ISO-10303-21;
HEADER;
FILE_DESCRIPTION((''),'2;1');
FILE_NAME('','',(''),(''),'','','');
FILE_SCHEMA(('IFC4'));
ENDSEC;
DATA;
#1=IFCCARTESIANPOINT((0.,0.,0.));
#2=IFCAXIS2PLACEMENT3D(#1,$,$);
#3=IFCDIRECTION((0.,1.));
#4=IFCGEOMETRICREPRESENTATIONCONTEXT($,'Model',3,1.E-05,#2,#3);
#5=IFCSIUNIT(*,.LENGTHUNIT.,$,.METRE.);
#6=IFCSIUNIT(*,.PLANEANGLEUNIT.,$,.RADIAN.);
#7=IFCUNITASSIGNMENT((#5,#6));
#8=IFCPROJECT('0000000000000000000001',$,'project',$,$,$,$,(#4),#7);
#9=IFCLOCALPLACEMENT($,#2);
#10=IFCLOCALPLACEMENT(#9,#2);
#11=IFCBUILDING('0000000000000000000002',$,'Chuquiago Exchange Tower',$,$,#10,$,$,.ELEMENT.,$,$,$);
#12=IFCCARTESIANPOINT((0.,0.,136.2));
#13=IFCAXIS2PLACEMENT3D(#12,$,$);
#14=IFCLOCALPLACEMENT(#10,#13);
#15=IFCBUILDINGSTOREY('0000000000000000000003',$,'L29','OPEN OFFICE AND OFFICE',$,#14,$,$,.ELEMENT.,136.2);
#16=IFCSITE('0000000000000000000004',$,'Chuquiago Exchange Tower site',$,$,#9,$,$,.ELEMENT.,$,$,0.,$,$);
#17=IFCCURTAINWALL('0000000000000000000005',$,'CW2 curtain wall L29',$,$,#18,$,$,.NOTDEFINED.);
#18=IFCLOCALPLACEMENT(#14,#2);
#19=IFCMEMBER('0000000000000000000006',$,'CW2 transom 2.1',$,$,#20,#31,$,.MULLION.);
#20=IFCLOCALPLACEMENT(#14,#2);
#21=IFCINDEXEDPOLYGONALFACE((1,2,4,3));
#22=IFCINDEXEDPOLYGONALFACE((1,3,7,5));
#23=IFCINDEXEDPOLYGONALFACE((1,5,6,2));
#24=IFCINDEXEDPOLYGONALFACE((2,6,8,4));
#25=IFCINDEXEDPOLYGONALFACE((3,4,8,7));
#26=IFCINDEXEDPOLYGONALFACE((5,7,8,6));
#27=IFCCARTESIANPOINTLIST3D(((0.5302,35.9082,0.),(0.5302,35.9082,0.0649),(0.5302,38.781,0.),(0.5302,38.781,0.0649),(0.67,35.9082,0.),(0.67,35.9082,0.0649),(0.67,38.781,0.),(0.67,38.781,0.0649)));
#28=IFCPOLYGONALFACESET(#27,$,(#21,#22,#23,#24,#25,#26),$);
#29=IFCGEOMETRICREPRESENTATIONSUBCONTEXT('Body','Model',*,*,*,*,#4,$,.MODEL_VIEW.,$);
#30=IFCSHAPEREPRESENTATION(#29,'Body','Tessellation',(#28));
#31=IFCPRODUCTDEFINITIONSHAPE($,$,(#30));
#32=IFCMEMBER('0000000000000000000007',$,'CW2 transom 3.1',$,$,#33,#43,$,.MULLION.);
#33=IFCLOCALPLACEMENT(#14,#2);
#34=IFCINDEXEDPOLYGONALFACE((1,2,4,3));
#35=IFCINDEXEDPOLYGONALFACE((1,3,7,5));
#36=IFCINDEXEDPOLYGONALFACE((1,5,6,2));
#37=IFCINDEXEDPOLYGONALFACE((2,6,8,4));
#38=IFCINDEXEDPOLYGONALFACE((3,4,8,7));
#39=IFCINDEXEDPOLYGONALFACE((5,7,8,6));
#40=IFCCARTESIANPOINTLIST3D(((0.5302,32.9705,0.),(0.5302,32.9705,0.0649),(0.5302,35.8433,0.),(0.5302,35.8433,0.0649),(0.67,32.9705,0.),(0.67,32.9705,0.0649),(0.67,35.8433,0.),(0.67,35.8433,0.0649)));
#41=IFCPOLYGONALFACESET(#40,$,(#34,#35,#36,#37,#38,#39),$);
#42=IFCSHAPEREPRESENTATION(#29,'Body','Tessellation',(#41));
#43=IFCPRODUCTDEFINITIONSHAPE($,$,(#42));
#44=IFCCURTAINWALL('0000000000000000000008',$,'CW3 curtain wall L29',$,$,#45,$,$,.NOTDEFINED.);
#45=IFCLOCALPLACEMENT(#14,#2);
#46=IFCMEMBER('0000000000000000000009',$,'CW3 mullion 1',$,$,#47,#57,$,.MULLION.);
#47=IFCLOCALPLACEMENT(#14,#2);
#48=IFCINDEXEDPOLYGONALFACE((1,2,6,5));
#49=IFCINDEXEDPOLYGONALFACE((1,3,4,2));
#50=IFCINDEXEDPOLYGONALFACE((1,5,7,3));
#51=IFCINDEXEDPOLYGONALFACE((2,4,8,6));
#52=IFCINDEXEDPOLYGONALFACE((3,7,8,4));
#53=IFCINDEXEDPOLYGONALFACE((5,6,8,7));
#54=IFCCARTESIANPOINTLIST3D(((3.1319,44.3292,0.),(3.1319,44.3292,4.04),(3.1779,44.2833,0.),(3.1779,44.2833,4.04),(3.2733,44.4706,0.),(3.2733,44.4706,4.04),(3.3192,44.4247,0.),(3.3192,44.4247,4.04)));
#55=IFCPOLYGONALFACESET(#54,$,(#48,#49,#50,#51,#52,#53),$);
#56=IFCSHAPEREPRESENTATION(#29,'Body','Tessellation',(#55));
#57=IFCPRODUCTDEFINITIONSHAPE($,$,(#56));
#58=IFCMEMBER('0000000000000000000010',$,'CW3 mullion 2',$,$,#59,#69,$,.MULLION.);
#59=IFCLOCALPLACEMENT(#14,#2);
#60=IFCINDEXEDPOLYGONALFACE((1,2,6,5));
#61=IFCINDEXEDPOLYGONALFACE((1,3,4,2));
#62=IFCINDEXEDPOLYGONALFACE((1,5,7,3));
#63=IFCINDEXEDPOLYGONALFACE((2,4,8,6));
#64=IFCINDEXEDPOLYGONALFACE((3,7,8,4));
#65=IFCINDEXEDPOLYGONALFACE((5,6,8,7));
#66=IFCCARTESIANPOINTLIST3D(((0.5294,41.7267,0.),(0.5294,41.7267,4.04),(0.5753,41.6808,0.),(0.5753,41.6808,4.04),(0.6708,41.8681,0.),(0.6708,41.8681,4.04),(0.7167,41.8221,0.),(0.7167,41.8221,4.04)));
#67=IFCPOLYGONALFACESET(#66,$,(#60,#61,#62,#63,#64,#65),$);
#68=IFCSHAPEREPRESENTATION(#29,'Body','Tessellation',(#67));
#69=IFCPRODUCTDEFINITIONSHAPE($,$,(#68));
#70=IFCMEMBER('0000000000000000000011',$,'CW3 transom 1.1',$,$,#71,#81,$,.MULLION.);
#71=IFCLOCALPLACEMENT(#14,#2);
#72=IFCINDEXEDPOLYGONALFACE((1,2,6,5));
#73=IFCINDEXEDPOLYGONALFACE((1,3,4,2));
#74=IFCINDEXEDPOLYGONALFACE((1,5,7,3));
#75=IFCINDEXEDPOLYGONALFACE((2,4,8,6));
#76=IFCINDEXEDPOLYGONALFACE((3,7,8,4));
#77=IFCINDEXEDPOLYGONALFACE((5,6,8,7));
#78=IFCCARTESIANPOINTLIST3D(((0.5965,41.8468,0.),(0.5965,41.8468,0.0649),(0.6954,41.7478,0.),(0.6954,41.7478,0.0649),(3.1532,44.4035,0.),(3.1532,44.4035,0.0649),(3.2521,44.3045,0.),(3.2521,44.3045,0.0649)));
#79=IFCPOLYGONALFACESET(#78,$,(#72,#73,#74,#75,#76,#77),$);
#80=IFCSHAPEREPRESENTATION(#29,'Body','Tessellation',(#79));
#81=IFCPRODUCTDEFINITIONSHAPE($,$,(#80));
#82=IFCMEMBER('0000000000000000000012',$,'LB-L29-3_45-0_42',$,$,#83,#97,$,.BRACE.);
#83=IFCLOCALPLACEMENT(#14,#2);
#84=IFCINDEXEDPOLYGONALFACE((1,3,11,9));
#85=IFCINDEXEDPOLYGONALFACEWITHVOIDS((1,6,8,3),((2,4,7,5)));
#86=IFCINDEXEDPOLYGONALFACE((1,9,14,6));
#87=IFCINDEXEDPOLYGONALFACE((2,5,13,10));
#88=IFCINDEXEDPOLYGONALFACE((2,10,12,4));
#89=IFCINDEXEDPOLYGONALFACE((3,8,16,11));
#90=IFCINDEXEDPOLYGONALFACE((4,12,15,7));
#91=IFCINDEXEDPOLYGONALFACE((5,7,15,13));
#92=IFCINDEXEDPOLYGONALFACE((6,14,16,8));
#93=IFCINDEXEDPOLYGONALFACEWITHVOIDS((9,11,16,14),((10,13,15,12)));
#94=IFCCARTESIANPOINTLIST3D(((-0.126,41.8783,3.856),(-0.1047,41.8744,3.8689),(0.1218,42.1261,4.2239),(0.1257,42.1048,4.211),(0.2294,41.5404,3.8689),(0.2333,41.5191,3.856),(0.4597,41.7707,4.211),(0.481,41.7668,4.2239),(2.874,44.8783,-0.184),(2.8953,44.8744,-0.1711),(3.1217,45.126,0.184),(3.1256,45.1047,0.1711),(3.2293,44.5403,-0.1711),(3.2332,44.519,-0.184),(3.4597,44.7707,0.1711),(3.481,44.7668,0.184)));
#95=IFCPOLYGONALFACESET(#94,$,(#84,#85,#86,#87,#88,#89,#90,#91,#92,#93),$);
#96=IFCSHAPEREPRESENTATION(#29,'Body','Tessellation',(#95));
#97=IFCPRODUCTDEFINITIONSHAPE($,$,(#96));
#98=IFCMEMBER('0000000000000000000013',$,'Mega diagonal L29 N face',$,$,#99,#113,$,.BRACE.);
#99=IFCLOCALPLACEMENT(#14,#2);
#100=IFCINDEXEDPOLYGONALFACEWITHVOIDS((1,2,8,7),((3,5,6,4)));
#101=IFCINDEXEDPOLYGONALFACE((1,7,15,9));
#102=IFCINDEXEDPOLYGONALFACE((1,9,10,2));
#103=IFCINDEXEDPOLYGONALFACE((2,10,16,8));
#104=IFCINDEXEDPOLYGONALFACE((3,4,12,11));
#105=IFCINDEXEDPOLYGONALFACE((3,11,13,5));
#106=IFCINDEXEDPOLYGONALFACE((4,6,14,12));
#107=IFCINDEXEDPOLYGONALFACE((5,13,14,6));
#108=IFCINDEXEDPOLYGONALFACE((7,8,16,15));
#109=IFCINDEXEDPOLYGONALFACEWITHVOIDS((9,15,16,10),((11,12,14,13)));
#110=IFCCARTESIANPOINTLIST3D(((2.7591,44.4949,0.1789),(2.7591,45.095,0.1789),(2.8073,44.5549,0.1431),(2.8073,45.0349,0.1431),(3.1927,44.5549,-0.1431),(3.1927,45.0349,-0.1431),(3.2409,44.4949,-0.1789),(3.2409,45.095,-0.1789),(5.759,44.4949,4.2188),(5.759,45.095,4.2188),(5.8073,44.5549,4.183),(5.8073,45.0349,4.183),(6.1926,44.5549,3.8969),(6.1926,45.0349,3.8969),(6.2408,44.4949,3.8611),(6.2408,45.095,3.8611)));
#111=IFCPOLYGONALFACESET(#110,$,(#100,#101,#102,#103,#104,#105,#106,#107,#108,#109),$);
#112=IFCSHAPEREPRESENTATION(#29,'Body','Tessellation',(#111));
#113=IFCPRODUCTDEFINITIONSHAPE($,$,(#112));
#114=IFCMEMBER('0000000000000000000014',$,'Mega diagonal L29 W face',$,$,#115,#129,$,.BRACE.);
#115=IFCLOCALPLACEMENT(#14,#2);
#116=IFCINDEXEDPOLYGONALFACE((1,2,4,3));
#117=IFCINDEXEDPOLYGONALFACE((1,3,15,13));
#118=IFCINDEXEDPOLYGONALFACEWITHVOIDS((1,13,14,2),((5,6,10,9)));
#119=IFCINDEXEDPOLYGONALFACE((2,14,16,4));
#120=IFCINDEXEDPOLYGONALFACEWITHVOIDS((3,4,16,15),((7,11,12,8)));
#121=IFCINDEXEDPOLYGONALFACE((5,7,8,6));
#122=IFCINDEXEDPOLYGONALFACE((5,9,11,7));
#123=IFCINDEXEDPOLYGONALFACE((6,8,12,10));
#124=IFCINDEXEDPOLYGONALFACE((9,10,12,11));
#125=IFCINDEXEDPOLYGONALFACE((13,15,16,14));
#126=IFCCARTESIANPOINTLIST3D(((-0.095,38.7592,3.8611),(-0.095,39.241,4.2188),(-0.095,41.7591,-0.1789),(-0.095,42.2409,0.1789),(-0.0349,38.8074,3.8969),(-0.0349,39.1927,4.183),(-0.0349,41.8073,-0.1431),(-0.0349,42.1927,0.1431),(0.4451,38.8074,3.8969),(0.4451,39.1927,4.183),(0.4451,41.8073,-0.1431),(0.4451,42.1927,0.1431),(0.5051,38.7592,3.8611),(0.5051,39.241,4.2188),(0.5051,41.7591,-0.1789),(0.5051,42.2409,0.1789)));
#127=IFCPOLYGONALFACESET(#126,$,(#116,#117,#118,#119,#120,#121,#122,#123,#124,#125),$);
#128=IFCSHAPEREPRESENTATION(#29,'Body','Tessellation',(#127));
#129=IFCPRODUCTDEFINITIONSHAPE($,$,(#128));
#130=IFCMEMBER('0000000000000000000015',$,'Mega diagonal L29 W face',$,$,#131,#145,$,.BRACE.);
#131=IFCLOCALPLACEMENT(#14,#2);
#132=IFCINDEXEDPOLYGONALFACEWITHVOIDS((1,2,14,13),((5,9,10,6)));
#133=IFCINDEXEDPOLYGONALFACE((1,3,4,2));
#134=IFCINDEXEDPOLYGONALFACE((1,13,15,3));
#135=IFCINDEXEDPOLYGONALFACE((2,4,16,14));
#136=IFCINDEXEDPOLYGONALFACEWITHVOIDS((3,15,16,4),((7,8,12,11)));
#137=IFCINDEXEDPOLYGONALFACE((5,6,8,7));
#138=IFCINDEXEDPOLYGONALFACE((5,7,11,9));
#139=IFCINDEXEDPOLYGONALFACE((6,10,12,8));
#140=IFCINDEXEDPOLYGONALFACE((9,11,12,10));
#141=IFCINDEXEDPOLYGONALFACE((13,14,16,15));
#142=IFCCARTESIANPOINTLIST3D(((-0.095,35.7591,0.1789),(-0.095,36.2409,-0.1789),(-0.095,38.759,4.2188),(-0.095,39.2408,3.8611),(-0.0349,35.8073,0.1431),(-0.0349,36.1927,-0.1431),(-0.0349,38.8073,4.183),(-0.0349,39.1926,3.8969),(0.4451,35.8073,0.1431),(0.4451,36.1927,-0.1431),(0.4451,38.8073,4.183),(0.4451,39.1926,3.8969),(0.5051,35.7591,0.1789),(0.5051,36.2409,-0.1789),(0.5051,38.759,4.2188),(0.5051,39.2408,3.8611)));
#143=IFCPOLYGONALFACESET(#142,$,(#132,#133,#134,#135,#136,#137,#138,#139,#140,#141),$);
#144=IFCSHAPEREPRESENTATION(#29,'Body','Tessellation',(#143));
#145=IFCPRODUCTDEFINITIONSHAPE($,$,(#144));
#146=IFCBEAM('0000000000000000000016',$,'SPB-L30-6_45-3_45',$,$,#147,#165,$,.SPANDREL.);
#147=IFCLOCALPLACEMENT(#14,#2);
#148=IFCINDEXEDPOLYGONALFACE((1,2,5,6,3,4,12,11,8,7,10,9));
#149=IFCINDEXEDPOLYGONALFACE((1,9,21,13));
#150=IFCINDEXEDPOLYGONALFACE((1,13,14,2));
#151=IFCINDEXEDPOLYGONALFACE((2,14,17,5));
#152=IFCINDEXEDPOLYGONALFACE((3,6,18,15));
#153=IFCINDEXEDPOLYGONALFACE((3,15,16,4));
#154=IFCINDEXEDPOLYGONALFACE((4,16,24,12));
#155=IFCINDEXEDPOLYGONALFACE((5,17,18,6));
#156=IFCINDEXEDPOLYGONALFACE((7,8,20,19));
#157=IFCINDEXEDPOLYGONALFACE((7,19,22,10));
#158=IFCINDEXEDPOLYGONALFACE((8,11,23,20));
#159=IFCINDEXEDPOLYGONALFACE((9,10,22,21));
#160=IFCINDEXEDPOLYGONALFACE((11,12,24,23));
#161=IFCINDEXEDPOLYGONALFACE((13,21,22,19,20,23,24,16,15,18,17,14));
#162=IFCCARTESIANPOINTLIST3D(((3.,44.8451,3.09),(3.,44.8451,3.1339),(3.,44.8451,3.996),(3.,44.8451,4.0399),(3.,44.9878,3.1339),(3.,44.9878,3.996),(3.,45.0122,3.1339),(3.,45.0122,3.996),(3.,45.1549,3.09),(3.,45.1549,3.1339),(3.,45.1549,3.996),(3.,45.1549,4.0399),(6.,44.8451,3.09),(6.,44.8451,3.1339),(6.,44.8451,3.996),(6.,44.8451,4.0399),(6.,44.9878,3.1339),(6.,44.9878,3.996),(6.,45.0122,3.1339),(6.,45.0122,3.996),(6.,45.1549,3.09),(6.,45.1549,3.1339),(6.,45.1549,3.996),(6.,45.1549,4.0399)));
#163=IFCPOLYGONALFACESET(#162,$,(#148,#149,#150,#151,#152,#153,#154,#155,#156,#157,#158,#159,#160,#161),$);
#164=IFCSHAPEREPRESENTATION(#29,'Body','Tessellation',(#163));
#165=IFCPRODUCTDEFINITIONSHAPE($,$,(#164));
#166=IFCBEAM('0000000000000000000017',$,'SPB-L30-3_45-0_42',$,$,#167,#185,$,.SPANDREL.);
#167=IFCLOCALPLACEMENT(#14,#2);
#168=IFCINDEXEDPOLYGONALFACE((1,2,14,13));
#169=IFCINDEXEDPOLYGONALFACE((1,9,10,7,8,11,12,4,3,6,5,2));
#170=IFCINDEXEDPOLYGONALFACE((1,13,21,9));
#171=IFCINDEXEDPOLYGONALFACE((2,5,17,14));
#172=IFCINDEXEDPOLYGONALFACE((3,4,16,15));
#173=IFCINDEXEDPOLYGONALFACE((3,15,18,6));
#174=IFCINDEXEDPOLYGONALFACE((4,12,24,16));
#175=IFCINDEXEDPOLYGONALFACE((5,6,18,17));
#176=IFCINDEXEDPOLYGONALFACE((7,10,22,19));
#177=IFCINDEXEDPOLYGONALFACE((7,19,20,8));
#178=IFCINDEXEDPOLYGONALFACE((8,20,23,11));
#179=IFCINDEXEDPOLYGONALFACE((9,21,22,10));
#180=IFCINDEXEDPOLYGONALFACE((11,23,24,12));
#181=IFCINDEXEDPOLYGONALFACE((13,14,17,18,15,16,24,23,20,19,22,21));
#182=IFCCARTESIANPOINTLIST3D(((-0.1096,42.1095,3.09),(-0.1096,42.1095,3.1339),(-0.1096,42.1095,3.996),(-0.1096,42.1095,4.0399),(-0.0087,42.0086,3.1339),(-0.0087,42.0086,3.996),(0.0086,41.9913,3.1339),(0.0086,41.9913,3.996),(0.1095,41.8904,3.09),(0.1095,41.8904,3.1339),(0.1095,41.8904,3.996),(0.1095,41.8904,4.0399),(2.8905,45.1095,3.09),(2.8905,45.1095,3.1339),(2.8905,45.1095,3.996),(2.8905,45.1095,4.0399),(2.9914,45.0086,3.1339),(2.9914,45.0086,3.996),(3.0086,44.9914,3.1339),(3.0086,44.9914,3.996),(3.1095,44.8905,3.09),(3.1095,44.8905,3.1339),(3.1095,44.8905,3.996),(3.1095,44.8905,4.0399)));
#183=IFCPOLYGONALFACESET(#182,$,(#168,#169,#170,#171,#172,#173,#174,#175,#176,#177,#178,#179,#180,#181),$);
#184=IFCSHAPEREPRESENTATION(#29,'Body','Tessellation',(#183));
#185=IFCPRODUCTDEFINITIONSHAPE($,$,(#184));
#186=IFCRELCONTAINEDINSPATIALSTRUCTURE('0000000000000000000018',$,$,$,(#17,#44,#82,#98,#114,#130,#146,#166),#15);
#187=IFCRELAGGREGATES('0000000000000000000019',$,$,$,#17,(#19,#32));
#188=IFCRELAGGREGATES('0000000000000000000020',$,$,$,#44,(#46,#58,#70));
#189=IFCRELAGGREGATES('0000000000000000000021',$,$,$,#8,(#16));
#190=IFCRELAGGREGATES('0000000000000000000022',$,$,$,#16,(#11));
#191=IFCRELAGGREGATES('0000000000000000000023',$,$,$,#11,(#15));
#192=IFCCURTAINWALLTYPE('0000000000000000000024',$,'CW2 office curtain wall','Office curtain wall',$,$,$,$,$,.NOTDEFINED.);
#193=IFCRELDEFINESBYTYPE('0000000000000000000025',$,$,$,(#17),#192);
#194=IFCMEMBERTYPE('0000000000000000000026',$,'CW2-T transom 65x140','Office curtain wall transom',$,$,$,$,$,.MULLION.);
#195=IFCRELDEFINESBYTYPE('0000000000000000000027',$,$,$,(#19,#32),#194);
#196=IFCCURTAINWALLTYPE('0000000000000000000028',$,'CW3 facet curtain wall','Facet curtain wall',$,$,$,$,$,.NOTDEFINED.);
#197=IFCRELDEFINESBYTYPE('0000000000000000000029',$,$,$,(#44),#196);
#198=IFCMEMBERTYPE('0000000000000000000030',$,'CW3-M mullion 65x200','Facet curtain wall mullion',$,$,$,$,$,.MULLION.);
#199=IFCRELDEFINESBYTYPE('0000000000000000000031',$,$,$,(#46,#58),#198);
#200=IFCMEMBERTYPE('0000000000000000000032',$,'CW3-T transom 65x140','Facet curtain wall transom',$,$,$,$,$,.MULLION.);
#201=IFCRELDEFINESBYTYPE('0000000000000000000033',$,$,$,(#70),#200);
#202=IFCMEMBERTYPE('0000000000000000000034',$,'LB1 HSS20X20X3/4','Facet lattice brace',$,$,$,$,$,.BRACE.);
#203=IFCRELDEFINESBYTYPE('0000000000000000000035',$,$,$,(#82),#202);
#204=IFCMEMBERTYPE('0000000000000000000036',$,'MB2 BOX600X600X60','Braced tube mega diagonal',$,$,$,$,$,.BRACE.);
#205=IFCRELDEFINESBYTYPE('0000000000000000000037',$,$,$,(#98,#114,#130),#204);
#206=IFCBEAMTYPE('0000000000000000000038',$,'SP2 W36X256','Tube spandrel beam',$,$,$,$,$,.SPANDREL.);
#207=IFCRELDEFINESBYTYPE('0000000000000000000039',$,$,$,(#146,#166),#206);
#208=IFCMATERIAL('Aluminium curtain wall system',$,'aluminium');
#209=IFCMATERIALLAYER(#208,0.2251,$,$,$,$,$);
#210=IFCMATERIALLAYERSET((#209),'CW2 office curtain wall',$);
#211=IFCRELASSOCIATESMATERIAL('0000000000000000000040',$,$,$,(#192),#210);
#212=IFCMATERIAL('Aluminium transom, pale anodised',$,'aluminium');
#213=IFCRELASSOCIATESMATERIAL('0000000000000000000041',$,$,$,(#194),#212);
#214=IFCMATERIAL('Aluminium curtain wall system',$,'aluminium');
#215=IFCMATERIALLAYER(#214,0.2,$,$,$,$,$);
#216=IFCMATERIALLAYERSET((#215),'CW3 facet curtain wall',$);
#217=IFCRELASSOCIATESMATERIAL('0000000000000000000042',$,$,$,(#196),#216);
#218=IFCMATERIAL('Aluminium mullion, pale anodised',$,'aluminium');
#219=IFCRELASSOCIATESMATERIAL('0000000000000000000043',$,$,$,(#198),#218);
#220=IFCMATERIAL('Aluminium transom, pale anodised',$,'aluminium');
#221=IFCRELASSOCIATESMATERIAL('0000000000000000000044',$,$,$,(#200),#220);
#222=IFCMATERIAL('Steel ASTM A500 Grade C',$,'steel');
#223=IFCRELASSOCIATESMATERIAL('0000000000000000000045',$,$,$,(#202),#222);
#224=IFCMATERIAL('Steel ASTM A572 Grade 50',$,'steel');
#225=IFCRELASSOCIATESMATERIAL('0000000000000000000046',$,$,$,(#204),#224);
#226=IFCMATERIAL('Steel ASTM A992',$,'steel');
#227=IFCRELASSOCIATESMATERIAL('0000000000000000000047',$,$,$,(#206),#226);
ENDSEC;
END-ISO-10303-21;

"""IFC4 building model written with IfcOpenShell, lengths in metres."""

from ifc_helpers import new_model, si_unit, direction, frame, origin, origin_2d, place, context, subcontext, project, spatial, rectangle, hollow_rectangle, i_section, extrude, material, layer, layer_set, material_profile, profile_set, type_object, element, aggregate, save


model = new_model("IFC4")

# Units and contexts
model_context = context("Model", 3, precision=1e-05, world=origin(), true_north=direction((0.0, 1.0)))
body_context = subcontext(model_context, "Body", "Model", "MODEL_VIEW")
ifc_project = project(units=[si_unit("LENGTHUNIT", "METRE"), si_unit("PLANEANGLEUNIT", "RADIAN")], contexts=[model_context])

# Site, building, storey
site_placement = place(None, origin())
site = spatial("IfcSite", under=ifc_project, at=site_placement, Name="Chuquiago Exchange Tower site", CompositionType="ELEMENT", RefElevation=0.0)
building_placement = place(site_placement, origin())
building = spatial("IfcBuilding", under=site, at=building_placement, Name="Chuquiago Exchange Tower", CompositionType="ELEMENT")
storey_placement = place(building_placement, frame((0.0, 0.0, 136.2)))
storey = spatial("IfcBuildingStorey", under=building, at=storey_placement, Name="L29", Description="OPEN OFFICE AND OFFICE", CompositionType="ELEMENT", Elevation=136.2)

# Curtain wall
ifc_material_1 = material(Name="Aluminium curtain wall system", Category="aluminium")
ifc_layer_1 = layer(ifc_material_1, 0.2251)
ifc_layer_set_1 = layer_set([ifc_layer_1], Name="CW2 office curtain wall")
curtain_wall_type_1 = type_object("IfcCurtainWallType", Name="CW2 office curtain wall", Description="Office curtain wall", PredefinedType="NOTDEFINED", material=ifc_layer_set_1)
curtain_wall_1_placement = place(storey_placement, origin())
curtain_wall_1 = element("IfcCurtainWall", 1, at=curtain_wall_1_placement, inside=storey, type_object=curtain_wall_type_1, Name="CW2 curtain wall L29", PredefinedType="NOTDEFINED")

# Members
ifc_material_2 = material(Name="Aluminium transom, pale anodised", Category="aluminium")
ifc_material_profile_1 = material_profile(ifc_material_2, rectangle(XDim=0.1399, YDim=0.0649, at=origin_2d()), Name="AL 140x65")
ifc_profile_set_1 = profile_set([ifc_material_profile_1], Name="Aluminium transom, pale anodised")
member_type_1 = type_object("IfcMemberType", Name="CW2-T transom 65x140", Description="Office curtain wall transom", PredefinedType="MULLION", material=ifc_profile_set_1)
member_1_placement = place(storey_placement, frame((0.6001, 38.781, 0.0325), z_axis=(0.0, -1.0, 0.0), x_axis=(1.0, 0.0, 0.0)))
member_1 = element("IfcMember", 2, at=member_1_placement, type_object=member_type_1, Name="CW2 transom 2.1", PredefinedType="MULLION", context=body_context, shape_type="SweptSolid", body=[
    extrude(rectangle(XDim=0.1399, YDim=0.0649, at=origin_2d()), origin(), (0.0, 0.0, 1.0), 2.8728),
])
member_2_placement = place(storey_placement, frame((0.6001, 35.8433, 0.0325), z_axis=(0.0, -1.0, 0.0), x_axis=(1.0, 0.0, 0.0)))
member_2 = element("IfcMember", 3, at=member_2_placement, type_object=member_type_1, Name="CW2 transom 3.1", PredefinedType="MULLION", context=body_context, shape_type="SweptSolid", body=[
    extrude(rectangle(XDim=0.1399, YDim=0.0649, at=origin_2d()), origin(), (0.0, 0.0, 1.0), 2.8728),
])

# Curtain wall, members
ifc_material_3 = material(Name="Aluminium curtain wall system", Category="aluminium")
ifc_layer_2 = layer(ifc_material_3, 0.2)
ifc_layer_set_2 = layer_set([ifc_layer_2], Name="CW3 facet curtain wall")
curtain_wall_type_2 = type_object("IfcCurtainWallType", Name="CW3 facet curtain wall", Description="Facet curtain wall", PredefinedType="NOTDEFINED", material=ifc_layer_set_2)
curtain_wall_2_placement = place(storey_placement, origin())
curtain_wall_2 = element("IfcCurtainWall", 4, at=curtain_wall_2_placement, inside=storey, type_object=curtain_wall_type_2, Name="CW3 curtain wall L29", PredefinedType="NOTDEFINED")
ifc_material_4 = material(Name="Aluminium mullion, pale anodised", Category="aluminium")
ifc_material_profile_2 = material_profile(ifc_material_4, rectangle(XDim=0.0649, YDim=0.2, at=origin_2d()), Name="AL 65x200")
ifc_profile_set_2 = profile_set([ifc_material_profile_2], Name="Aluminium mullion, pale anodised")
member_type_2 = type_object("IfcMemberType", Name="CW3-M mullion 65x200", Description="Facet curtain wall mullion", PredefinedType="MULLION", material=ifc_profile_set_2)
member_3_placement = place(storey_placement, frame((3.2256, 44.377, 0.0), z_axis=(0.0, 0.0, 1.0), x_axis=(0.707107, -0.707107, 0.0)))
member_3 = element("IfcMember", 5, at=member_3_placement, type_object=member_type_2, Name="CW3 mullion 1", PredefinedType="MULLION", context=body_context, shape_type="SweptSolid", body=[
    extrude(rectangle(XDim=0.0649, YDim=0.2, at=origin_2d()), origin(), (0.0, 0.0, 1.0), 4.04),
])
member_4_placement = place(storey_placement, frame((0.623, 41.7744, 0.0), z_axis=(0.0, 0.0, 1.0), x_axis=(0.707107, -0.707107, 0.0)))
member_4 = element("IfcMember", 6, at=member_4_placement, type_object=member_type_2, Name="CW3 mullion 2", PredefinedType="MULLION", context=body_context, shape_type="SweptSolid", body=[
    extrude(rectangle(XDim=0.0649, YDim=0.2, at=origin_2d()), origin(), (0.0, 0.0, 1.0), 4.04),
])
ifc_material_5 = material(Name="Aluminium transom, pale anodised", Category="aluminium")
ifc_material_profile_3 = material_profile(ifc_material_5, rectangle(XDim=0.1399, YDim=0.0649, at=origin_2d()), Name="AL 140x65")
ifc_profile_set_3 = profile_set([ifc_material_profile_3], Name="Aluminium transom, pale anodised")
member_type_3 = type_object("IfcMemberType", Name="CW3-T transom 65x140", Description="Facet curtain wall transom", PredefinedType="MULLION", material=ifc_profile_set_3)
member_5_placement = place(storey_placement, frame((3.2026, 44.354, 0.0325), z_axis=(-0.707107, -0.707107, 0.0), x_axis=(0.707107, -0.707107, 0.0)))
member_5 = element("IfcMember", 7, at=member_5_placement, type_object=member_type_3, Name="CW3 transom 1.1", PredefinedType="MULLION", context=body_context, shape_type="SweptSolid", body=[
    extrude(rectangle(XDim=0.1399, YDim=0.0649, at=origin_2d()), origin(), (0.0, 0.0, 1.0), 3.6157),
])

# Members
ifc_material_6 = material(Name="Steel ASTM A500 Grade C", Category="steel")
ifc_material_profile_4 = material_profile(ifc_material_6, hollow_rectangle(XDim=0.5081, YDim=0.5081, WallThickness=0.0178, at=origin_2d()), Name="HSS20X20X3/4")
ifc_profile_set_4 = profile_set([ifc_material_profile_4], Name="Steel ASTM A500 Grade C")
member_type_4 = type_object("IfcMemberType", Name="LB1 HSS20X20X3/4", Description="Facet lattice brace", PredefinedType="BRACE", material=ifc_profile_set_4)
member_6_placement = place(storey_placement, frame((3.1775, 44.8225, 0.0), z_axis=(-0.512077, -0.512077, 0.689604), x_axis=(0.707107, -0.707107, 0.0)))
element("IfcMember", 8, at=member_6_placement, inside=storey, type_object=member_type_4, Name="LB-L29-3_45-0_42", PredefinedType="BRACE", context=body_context, shape_type="SweptSolid", body=[
    extrude(hollow_rectangle(XDim=0.5081, YDim=0.5081, WallThickness=0.0178, at=origin_2d()), origin(), (0.0, 0.0, 1.0), 5.8584),
])
ifc_material_7 = material(Name="Steel ASTM A572 Grade 50", Category="steel")
ifc_material_profile_5 = material_profile(ifc_material_7, hollow_rectangle(XDim=0.6001, YDim=0.6001, WallThickness=0.0601, at=origin_2d()), Name="BOX600X600X60")
ifc_profile_set_5 = profile_set([ifc_material_profile_5], Name="Steel ASTM A572 Grade 50")
member_type_5 = type_object("IfcMemberType", Name="MB2 BOX600X600X60", Description="Braced tube mega diagonal", PredefinedType="BRACE", material=ifc_profile_set_5)
for number, where, z_axis, x_axis, name in (
    (9, (3.0, 44.7949, 0.0), (0.596174, 0.0, 0.802855), (0.0, 1.0, 0.0), "Mega diagonal L29 N face"),
    (10, (0.2051, 42.0, 0.0), (0.0, -0.596174, 0.802855), (1.0, 0.0, 0.0), "Mega diagonal L29 W face"),
    (11, (0.2051, 36.0, 0.0), (0.0, 0.596174, 0.802855), (-1.0, 0.0, 0.0), "Mega diagonal L29 W face"),
):
    element("IfcMember", number, at=place(storey_placement, frame(where, z_axis=z_axis, x_axis=x_axis)), inside=storey, type_object=member_type_5, Name=name, PredefinedType="BRACE", context=body_context, shape_type="SweptSolid", body=[
        extrude(hollow_rectangle(XDim=0.6001, YDim=0.6001, WallThickness=0.0601, at=origin_2d()), origin(), (0.0, 0.0, 1.0), 5.032),
    ])

# Beams
ifc_material_8 = material(Name="Steel ASTM A992", Category="steel")
ifc_material_profile_6 = material_profile(ifc_material_8, i_section(OverallWidth=0.3098, OverallDepth=0.95, WebThickness=0.0244, FlangeThickness=0.0439, at=origin_2d()), Name="W36X256")
ifc_profile_set_6 = profile_set([ifc_material_profile_6], Name="Steel ASTM A992")
beam_type = type_object("IfcBeamType", Name="SP2 W36X256", Description="Tube spandrel beam", PredefinedType="SPANDREL", material=ifc_profile_set_6)
beam_1_placement = place(storey_placement, frame((6.0, 45.0, 3.5649), z_axis=(-1.0, 0.0, 0.0), x_axis=(0.0, -1.0, 0.0)))
element("IfcBeam", 12, at=beam_1_placement, inside=storey, type_object=beam_type, Name="SPB-L30-6_45-3_45", PredefinedType="SPANDREL", context=body_context, shape_type="SweptSolid", body=[
    extrude(i_section(OverallWidth=0.3098, OverallDepth=0.95, WebThickness=0.0244, FlangeThickness=0.0439, at=origin_2d()), origin(), (0.0, 0.0, 1.0), 3.0),
])
beam_2_placement = place(storey_placement, frame((3.0, 45.0, 3.5649), z_axis=(-0.707107, -0.707107, 0.0), x_axis=(0.707107, -0.707107, 0.0)))
element("IfcBeam", 13, at=beam_2_placement, inside=storey, type_object=beam_type, Name="SPB-L30-3_45-0_42", PredefinedType="SPANDREL", context=body_context, shape_type="SweptSolid", body=[
    extrude(i_section(OverallWidth=0.3098, OverallDepth=0.95, WebThickness=0.0244, FlangeThickness=0.0439, at=origin_2d()), origin(), (0.0, 0.0, 1.0), 4.2427),
])

aggregate(curtain_wall_1, [member_1, member_2])
aggregate(curtain_wall_2, [member_3, member_4, member_5])

save(model, "model.ifc")
